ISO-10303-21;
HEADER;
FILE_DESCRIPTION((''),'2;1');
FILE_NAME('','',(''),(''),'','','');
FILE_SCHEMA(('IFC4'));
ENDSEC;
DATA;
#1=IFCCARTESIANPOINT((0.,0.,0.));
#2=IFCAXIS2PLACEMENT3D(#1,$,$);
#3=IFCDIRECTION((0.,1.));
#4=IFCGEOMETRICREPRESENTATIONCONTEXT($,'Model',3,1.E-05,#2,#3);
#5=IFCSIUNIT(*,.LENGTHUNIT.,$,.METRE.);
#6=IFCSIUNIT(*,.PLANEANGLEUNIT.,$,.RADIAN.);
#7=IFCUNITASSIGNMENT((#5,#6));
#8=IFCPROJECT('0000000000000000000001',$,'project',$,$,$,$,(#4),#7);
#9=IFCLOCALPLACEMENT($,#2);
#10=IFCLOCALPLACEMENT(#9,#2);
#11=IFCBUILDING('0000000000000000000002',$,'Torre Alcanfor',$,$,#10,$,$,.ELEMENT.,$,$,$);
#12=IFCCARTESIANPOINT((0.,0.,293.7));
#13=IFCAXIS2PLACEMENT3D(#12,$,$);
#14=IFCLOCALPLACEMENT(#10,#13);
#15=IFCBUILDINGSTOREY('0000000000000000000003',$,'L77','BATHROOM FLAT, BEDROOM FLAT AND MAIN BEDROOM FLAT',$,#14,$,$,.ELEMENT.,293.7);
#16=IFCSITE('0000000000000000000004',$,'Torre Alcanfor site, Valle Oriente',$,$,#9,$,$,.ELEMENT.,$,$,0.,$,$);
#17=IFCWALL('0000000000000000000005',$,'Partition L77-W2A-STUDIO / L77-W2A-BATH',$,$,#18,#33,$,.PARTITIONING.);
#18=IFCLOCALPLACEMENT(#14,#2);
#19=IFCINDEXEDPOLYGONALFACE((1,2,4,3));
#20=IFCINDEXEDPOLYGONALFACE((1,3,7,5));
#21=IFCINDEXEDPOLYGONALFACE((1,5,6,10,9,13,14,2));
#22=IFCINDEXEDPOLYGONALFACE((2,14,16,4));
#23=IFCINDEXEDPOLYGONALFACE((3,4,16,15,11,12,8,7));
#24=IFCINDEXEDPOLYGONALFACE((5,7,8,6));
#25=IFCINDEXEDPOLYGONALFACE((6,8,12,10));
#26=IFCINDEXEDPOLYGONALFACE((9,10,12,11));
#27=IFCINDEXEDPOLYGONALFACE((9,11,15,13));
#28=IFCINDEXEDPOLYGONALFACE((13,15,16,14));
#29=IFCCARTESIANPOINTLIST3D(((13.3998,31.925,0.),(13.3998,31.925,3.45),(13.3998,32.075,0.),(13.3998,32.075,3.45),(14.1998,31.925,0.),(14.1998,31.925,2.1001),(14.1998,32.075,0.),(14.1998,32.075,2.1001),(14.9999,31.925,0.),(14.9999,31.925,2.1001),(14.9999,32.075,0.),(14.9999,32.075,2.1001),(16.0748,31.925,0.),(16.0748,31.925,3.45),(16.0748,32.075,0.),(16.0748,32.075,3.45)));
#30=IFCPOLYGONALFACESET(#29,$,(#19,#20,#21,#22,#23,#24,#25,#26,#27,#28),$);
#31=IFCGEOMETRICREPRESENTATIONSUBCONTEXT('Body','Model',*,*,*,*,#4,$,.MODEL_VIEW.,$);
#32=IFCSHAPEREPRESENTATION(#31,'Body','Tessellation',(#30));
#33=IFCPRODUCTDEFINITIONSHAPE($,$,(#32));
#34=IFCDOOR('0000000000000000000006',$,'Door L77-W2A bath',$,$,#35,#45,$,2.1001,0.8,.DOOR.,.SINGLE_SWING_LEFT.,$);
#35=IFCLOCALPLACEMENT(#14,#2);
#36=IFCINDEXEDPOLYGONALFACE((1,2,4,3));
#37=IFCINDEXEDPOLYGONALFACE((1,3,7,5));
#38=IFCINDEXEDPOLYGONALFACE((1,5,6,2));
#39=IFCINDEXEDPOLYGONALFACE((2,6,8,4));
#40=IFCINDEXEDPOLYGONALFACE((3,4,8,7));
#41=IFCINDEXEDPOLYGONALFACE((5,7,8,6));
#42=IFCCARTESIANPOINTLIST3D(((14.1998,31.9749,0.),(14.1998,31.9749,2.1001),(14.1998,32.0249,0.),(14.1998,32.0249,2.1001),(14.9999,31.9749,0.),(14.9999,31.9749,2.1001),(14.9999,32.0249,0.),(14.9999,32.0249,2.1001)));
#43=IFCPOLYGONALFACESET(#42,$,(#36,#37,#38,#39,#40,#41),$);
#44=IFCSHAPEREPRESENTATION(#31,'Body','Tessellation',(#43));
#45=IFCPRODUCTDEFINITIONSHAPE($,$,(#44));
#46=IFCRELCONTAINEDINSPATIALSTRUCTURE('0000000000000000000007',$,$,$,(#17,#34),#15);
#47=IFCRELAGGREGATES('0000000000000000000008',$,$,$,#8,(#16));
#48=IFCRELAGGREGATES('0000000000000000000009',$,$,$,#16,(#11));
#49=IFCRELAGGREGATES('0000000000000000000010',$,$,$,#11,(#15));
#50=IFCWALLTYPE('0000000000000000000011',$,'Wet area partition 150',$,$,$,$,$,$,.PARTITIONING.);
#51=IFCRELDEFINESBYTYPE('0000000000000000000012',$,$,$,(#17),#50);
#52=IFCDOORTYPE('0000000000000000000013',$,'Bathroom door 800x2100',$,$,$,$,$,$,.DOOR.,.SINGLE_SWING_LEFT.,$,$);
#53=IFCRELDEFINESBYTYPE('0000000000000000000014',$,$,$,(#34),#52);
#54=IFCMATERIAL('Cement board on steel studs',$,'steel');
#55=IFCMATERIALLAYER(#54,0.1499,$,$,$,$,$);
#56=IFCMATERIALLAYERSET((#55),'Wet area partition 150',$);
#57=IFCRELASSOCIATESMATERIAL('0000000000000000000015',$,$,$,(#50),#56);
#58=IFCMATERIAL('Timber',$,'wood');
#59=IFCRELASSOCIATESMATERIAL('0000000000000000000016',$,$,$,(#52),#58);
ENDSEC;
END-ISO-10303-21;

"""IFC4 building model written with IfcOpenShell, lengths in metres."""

from ifc_helpers import new_model, si_unit, direction, frame, frame_2d, origin, place, context, subcontext, project, spatial, rectangle, extrude, material, layer, layer_set, type_object, element, fill, save


model = new_model("IFC4")

# Units and contexts
model_context = context("Model", 3, precision=1e-05, world=origin(), true_north=direction((0.0, 1.0)))
body_context = subcontext(model_context, "Body", "Model", "MODEL_VIEW")
ifc_project = project(units=[si_unit("LENGTHUNIT", "METRE"), si_unit("PLANEANGLEUNIT", "RADIAN")], contexts=[model_context])

# Site, building, storey
site_placement = place(None, origin())
site = spatial("IfcSite", under=ifc_project, at=site_placement, Name="Torre Alcanfor site, Valle Oriente", CompositionType="ELEMENT", RefElevation=0.0)
building_placement = place(site_placement, origin())
building = spatial("IfcBuilding", under=site, at=building_placement, Name="Torre Alcanfor", CompositionType="ELEMENT")
storey_placement = place(building_placement, frame((0.0, 0.0, 293.7)))
storey = spatial("IfcBuildingStorey", under=building, at=storey_placement, Name="L77", Description="BATHROOM FLAT, BEDROOM FLAT AND MAIN BEDROOM FLAT", CompositionType="ELEMENT", Elevation=293.7)

# Shared definitions
ifc_material_1 = material(Name="Cement board on steel studs", Category="steel")
ifc_layer_1 = layer(ifc_material_1, 0.1499)
ifc_layer_set_1 = layer_set([ifc_layer_1], Name="Wet area partition 150")
wall_type_1 = type_object("IfcWallType", Name="Wet area partition 150", PredefinedType="PARTITIONING", material=ifc_layer_set_1)

# Wall, opening, door
wall_1_placement = place(storey_placement, frame((13.3999, 32.0, 0.0), z_axis=(0.0, 0.0, 1.0), x_axis=(1.0, 0.0, 0.0)))
wall_1 = element("IfcWall", 1, at=wall_1_placement, inside=storey, type_object=wall_type_1, Name="Partition L77-W2A-STUDIO / L77-W2A-BATH", PredefinedType="PARTITIONING", context=body_context, shape_type="SweptSolid", body=[
    extrude(rectangle(XDim=2.675, YDim=0.1499, at=frame_2d((1.3374, 0.0))), origin(), (0.0, 0.0, 1.0), 3.45),
])
opening_1_placement = place(wall_1_placement, frame((0.8, 0.0, 0.0)))
opening_1 = element("IfcOpeningElement", 2, at=opening_1_placement, cuts=wall_1, PredefinedType="OPENING", context=body_context, shape_type="SweptSolid", body=[
    extrude(rectangle(XDim=0.8, YDim=2.1001, at=frame_2d((0.3999, 1.05))), frame((0.0, 0.085, 0.0), z_axis=(0.0, -1.0, 0.0), x_axis=(1.0, 0.0, 0.0)), (0.0, 0.0, 1.0), 0.1699),
])
ifc_material_2 = material(Name="Timber", Category="wood")
door_type_1 = type_object("IfcDoorType", Name="Bathroom door 800x2100", OperationType="SINGLE_SWING_LEFT", PredefinedType="DOOR", material=ifc_material_2)
door_1_placement = place(opening_1_placement, origin())
door_1 = element("IfcDoor", 3, at=door_1_placement, inside=storey, type_object=door_type_1, Name="Door L77-W2A bath", OperationType="SINGLE_SWING_LEFT", OverallHeight=2.1001, OverallWidth=0.8, PredefinedType="DOOR", context=body_context, shape_type="SweptSolid", body=[
    extrude(rectangle(XDim=0.8, YDim=2.1001, at=frame_2d((0.3999, 1.05))), frame((0.0, 0.0249, 0.0), z_axis=(0.0, -1.0, 0.0), x_axis=(1.0, 0.0, 0.0)), (0.0, 0.0, 1.0), 0.05),
])
fill(opening_1, door_1)

save(model, "model.ifc")
